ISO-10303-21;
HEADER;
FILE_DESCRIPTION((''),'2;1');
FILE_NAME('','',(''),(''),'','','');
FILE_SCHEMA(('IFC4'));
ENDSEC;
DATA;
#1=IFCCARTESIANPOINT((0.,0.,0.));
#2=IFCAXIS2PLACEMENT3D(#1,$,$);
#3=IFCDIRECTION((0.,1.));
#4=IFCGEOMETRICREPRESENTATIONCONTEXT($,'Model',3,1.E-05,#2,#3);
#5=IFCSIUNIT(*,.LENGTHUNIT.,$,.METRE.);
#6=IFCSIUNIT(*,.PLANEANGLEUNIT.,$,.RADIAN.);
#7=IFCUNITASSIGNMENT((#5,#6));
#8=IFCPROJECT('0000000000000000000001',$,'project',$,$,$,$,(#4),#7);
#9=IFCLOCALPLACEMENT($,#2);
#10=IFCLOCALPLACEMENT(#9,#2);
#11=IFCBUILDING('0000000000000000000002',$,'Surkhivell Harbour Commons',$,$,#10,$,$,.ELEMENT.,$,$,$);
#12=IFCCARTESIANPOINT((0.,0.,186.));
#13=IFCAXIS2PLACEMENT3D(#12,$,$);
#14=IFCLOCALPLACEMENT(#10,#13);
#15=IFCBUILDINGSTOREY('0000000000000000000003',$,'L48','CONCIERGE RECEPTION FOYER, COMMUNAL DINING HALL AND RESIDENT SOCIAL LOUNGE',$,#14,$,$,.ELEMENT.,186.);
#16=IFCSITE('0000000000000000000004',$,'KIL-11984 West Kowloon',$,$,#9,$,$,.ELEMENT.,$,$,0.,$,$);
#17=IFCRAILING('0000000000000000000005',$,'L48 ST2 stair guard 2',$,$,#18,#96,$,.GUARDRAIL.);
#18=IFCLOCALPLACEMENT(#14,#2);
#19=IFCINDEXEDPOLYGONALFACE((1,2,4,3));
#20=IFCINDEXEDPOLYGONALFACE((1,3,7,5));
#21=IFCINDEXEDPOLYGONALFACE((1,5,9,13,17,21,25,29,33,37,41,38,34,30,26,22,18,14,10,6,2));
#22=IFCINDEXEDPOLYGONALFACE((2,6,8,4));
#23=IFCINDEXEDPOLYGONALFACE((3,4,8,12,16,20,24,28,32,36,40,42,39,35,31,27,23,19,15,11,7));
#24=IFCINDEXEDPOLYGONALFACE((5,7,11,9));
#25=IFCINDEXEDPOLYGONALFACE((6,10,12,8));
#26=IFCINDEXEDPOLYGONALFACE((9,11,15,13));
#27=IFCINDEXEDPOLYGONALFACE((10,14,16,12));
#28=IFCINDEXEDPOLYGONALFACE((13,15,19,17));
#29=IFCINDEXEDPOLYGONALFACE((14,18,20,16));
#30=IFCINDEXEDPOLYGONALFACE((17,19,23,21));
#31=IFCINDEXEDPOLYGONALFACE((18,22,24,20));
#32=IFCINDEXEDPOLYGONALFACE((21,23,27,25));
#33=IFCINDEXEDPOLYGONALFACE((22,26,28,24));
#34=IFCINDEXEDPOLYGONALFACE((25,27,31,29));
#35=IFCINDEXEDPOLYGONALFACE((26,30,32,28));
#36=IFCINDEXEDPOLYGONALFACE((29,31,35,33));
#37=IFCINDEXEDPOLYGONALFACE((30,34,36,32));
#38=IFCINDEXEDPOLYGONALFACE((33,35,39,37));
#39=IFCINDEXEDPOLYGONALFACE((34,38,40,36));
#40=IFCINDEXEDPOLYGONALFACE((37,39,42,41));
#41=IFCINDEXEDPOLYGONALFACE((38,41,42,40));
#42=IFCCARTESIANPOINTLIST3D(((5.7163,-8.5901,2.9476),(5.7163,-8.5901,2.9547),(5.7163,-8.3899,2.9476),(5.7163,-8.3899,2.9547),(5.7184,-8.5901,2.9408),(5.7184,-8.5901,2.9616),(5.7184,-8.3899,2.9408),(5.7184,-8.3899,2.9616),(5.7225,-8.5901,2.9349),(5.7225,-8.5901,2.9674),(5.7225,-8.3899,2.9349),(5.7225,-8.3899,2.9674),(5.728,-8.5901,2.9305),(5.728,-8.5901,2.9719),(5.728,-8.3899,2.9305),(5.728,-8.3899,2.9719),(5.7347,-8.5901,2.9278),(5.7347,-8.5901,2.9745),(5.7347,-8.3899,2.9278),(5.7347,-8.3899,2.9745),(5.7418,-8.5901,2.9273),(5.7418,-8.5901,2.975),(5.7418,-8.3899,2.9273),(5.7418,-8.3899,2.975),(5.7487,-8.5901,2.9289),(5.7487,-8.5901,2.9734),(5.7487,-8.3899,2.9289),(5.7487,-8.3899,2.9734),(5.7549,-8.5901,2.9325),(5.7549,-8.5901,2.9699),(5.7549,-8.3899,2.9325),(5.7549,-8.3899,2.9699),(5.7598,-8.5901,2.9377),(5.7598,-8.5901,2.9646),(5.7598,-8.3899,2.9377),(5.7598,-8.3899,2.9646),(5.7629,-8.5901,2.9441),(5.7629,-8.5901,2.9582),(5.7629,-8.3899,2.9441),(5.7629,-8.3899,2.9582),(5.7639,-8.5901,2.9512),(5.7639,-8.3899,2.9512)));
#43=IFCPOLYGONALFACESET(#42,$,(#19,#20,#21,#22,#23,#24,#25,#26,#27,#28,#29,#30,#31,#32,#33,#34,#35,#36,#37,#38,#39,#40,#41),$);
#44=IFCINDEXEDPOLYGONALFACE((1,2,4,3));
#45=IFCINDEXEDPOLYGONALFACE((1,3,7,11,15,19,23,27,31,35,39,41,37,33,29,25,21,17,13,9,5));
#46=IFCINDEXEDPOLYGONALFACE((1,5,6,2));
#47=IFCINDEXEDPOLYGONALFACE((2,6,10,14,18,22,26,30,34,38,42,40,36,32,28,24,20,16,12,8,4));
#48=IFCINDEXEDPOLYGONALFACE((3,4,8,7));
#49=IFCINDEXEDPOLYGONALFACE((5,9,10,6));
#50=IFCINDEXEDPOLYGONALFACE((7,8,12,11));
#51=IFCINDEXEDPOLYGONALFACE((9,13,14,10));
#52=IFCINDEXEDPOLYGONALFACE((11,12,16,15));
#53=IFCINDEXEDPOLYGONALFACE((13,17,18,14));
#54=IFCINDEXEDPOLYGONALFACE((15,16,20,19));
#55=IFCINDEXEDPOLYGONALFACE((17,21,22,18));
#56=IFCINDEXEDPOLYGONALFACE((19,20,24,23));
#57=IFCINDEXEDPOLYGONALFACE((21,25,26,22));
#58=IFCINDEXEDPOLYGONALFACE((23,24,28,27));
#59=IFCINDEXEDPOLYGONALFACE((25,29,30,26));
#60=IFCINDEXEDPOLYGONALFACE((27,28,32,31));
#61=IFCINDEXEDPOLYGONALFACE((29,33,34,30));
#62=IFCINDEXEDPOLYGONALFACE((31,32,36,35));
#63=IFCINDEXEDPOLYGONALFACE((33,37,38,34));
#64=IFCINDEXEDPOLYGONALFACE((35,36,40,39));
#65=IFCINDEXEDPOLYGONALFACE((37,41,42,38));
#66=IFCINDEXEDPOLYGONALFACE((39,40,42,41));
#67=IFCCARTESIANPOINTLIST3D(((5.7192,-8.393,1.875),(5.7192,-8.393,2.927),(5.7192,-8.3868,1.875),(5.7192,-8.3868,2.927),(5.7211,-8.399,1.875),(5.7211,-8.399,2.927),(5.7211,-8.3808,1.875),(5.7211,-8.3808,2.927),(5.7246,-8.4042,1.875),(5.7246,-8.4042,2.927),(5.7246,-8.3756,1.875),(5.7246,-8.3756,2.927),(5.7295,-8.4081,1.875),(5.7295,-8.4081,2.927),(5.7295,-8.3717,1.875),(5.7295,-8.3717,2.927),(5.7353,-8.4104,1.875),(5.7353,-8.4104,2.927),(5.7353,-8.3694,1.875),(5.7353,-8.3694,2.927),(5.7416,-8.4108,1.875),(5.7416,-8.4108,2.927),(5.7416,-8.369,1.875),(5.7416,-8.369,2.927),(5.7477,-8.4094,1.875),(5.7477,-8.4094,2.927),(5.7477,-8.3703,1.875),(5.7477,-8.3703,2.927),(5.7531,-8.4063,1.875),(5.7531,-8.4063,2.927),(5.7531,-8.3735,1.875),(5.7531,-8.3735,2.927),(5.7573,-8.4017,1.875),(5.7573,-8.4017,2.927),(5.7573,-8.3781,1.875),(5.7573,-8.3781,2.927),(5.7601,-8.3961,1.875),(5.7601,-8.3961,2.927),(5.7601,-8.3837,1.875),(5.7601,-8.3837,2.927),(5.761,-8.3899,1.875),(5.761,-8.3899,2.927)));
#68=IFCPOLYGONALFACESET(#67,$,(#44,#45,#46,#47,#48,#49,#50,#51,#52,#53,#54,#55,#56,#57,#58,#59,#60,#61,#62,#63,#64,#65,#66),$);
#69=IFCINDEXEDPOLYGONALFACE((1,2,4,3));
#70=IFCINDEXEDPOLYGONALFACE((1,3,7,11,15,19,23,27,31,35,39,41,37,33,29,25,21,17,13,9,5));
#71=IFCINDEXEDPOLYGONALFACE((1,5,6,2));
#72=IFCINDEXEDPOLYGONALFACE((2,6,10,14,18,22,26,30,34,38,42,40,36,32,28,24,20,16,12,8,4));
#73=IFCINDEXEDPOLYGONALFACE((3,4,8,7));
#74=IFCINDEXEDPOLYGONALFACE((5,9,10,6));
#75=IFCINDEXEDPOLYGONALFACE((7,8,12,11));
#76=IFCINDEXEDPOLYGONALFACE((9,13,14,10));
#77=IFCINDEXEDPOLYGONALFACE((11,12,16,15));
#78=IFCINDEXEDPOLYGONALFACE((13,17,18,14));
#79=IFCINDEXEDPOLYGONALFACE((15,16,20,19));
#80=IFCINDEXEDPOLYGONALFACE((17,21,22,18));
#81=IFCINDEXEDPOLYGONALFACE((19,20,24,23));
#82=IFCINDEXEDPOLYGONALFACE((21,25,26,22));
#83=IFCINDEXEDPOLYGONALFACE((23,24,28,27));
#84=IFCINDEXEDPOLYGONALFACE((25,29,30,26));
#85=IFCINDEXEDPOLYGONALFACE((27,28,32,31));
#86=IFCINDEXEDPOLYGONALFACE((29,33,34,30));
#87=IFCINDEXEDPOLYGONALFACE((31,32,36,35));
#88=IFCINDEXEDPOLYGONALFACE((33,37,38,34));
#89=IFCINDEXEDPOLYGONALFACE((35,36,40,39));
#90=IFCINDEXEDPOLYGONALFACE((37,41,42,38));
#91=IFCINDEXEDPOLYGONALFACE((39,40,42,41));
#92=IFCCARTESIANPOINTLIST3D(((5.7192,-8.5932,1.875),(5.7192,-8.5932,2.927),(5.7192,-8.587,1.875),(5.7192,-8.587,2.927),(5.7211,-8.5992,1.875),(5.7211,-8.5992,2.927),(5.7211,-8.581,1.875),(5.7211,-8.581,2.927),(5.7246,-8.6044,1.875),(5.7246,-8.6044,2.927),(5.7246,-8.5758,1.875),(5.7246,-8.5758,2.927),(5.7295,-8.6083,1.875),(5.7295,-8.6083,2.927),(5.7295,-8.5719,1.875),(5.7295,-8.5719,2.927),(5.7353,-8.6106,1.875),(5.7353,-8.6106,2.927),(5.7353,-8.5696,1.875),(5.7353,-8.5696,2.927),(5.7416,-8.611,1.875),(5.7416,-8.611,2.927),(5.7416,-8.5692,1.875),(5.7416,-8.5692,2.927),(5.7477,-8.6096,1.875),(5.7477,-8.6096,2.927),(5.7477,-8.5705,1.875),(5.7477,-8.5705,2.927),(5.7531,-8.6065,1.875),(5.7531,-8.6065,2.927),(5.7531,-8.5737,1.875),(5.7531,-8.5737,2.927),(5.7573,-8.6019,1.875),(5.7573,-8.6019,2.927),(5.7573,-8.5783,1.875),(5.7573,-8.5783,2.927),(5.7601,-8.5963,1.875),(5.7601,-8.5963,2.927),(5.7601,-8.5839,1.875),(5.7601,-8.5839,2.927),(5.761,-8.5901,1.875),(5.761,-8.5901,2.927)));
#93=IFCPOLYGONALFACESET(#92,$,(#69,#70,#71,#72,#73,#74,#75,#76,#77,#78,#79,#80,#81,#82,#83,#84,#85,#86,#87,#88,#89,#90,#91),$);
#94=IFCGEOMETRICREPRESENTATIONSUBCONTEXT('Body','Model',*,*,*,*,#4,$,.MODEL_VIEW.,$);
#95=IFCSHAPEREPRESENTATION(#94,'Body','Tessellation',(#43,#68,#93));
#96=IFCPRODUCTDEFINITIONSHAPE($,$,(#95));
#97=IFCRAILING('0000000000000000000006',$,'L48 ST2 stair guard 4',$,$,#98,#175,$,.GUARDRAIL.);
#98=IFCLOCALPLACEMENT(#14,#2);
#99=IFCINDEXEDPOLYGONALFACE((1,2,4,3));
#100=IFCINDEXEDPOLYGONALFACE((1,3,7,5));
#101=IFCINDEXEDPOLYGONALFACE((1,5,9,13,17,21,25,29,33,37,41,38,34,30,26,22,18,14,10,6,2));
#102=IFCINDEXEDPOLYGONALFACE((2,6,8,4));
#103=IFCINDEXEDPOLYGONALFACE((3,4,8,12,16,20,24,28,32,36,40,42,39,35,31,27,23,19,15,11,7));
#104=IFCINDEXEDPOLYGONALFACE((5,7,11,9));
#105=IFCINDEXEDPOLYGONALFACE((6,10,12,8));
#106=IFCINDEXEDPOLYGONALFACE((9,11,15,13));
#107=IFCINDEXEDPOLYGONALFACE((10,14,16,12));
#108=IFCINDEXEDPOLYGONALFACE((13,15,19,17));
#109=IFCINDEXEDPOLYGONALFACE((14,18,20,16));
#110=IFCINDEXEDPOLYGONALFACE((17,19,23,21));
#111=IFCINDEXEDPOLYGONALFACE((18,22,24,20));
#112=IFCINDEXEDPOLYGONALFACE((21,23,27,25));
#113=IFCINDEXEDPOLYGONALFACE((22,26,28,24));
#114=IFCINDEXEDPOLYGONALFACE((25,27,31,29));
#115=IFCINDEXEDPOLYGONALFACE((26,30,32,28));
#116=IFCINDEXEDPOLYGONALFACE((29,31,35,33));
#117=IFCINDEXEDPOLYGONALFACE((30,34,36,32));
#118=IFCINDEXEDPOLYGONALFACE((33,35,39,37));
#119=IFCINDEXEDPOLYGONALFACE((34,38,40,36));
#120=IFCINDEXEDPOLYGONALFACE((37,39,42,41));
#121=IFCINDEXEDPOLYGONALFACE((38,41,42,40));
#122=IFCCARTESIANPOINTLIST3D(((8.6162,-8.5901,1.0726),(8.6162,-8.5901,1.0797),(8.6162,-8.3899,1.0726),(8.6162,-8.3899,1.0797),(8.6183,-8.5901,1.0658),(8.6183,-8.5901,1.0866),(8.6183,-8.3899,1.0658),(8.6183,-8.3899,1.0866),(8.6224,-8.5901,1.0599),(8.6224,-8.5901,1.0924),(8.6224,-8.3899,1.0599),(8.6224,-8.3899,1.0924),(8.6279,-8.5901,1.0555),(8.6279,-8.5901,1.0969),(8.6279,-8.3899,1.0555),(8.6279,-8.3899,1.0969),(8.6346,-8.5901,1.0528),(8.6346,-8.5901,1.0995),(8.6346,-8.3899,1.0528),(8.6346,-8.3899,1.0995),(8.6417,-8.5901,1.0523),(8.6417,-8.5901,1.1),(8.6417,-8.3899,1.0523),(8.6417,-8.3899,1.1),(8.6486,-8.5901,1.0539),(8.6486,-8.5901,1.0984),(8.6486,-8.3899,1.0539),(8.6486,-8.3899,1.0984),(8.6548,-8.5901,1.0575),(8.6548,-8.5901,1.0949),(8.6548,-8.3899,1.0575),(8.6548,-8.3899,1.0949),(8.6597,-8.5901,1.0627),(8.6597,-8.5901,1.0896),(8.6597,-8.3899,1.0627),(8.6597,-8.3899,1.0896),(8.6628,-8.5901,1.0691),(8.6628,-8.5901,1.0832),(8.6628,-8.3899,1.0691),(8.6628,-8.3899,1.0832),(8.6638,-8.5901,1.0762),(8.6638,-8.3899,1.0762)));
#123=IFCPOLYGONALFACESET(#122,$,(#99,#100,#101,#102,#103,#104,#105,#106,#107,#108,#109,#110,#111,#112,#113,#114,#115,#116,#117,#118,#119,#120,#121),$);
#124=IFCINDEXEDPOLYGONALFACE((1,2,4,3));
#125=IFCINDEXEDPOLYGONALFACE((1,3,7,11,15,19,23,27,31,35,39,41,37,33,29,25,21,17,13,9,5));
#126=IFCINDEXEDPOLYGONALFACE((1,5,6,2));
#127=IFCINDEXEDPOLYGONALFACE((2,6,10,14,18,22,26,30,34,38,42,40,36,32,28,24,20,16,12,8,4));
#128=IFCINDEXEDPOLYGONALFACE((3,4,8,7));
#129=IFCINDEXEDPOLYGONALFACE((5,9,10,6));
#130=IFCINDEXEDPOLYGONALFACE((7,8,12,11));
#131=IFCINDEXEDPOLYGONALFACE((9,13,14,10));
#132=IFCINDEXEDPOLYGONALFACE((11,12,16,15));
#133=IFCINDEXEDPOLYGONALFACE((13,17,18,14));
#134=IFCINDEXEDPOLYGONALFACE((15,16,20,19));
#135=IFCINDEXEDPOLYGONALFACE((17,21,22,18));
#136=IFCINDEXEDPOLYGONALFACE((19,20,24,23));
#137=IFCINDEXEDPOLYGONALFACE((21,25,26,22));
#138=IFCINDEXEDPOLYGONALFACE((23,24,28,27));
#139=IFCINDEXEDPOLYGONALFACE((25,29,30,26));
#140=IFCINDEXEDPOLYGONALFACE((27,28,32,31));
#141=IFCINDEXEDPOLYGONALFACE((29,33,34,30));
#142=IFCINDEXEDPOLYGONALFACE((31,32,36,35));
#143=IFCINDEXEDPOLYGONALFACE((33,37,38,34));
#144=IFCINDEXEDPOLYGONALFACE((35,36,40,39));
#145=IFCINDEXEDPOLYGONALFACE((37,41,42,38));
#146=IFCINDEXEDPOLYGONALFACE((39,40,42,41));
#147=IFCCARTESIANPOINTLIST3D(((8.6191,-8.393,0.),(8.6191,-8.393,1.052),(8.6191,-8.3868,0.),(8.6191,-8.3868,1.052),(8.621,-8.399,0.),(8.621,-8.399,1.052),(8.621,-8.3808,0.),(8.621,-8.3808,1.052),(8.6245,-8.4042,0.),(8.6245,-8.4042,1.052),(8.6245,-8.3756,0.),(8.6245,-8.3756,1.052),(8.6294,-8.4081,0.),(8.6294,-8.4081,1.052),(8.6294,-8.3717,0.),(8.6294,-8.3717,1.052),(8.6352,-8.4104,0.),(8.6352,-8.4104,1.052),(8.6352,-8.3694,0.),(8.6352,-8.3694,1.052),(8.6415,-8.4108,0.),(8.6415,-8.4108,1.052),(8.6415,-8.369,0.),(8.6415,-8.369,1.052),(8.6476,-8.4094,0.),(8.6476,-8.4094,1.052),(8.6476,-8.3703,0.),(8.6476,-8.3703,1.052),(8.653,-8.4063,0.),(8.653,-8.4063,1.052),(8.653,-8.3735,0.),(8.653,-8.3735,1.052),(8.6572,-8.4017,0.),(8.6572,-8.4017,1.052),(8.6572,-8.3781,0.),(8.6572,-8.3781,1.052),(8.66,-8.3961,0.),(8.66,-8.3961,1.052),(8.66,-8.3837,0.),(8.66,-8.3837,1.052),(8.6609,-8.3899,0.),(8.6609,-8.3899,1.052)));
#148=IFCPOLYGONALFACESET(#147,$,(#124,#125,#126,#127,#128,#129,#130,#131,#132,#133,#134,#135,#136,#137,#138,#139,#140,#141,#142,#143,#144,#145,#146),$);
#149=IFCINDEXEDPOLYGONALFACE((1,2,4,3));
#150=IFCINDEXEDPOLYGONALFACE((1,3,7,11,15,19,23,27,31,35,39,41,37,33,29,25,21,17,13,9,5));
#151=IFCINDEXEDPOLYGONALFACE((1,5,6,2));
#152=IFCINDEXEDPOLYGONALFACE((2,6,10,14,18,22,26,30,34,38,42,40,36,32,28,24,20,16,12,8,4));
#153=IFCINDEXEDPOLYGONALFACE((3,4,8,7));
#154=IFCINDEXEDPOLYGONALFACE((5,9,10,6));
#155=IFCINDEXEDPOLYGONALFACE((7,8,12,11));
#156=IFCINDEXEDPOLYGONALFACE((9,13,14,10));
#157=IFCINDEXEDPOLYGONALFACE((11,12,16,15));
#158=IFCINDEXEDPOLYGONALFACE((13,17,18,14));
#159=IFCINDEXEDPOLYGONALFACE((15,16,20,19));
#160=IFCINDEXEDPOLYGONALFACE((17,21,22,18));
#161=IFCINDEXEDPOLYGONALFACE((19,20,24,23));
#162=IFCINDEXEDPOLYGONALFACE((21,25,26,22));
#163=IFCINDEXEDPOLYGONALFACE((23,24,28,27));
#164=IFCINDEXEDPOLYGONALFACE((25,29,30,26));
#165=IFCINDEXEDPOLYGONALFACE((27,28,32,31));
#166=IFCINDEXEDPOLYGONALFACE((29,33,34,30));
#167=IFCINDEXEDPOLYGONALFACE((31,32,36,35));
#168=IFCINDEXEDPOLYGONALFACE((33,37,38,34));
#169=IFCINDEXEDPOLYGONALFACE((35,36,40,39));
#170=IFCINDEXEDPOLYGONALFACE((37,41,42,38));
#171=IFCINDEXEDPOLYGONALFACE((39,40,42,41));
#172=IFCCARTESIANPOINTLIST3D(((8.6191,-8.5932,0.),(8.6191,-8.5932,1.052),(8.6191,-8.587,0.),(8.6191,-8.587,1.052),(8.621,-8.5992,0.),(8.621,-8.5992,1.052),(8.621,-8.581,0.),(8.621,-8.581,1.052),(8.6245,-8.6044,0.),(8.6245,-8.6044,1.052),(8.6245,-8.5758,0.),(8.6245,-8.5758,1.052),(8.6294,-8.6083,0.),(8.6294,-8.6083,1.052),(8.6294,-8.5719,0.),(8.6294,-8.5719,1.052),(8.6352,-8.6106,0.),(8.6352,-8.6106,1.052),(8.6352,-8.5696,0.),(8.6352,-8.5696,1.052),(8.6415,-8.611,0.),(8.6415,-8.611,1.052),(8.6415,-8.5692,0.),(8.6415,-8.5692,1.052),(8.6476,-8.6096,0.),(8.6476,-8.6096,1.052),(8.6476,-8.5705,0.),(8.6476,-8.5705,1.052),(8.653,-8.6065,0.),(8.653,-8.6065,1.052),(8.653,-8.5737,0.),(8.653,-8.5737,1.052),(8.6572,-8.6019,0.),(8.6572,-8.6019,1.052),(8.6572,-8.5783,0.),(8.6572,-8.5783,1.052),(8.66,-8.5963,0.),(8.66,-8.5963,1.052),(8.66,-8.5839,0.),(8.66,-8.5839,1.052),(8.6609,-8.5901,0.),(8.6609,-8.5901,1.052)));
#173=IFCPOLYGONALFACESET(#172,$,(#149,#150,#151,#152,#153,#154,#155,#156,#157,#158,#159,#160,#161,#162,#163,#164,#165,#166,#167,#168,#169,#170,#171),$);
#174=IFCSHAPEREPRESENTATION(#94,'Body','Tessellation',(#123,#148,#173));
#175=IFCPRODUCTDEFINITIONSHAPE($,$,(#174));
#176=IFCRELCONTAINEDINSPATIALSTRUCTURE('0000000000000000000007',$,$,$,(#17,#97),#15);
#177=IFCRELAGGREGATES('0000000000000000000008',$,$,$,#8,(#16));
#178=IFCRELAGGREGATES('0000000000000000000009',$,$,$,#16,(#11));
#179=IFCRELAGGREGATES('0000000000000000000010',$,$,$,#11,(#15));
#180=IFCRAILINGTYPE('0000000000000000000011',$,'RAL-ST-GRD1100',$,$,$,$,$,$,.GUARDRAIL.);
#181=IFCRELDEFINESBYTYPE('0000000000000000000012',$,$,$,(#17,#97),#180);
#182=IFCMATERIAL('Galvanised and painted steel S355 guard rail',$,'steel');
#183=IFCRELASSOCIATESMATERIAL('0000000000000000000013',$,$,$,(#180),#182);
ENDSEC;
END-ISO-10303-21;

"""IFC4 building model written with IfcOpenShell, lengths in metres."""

from ifc_helpers import new_model, si_unit, direction, frame, origin, origin_2d, place, context, subcontext, project, spatial, circle, extrude, material, type_object, element, save


model = new_model("IFC4")

# Units and contexts
model_context = context("Model", 3, precision=1e-05, world=origin(), true_north=direction((0.0, 1.0)))
body_context = subcontext(model_context, "Body", "Model", "MODEL_VIEW")
ifc_project = project(units=[si_unit("LENGTHUNIT", "METRE"), si_unit("PLANEANGLEUNIT", "RADIAN")], contexts=[model_context])

# Site, building, storey
site_placement = place(None, origin())
site = spatial("IfcSite", under=ifc_project, at=site_placement, Name="KIL-11984 West Kowloon", CompositionType="ELEMENT", RefElevation=0.0)
building_placement = place(site_placement, origin())
building = spatial("IfcBuilding", under=site, at=building_placement, Name="Surkhivell Harbour Commons", CompositionType="ELEMENT")
storey_placement = place(building_placement, frame((0.0, 0.0, 186.0)))
storey = spatial("IfcBuildingStorey", under=building, at=storey_placement, Name="L48", Description="CONCIERGE RECEPTION FOYER, COMMUNAL DINING HALL AND RESIDENT SOCIAL LOUNGE", CompositionType="ELEMENT", Elevation=186.0)

# Railings
ifc_material_1 = material(Name="Galvanised and painted steel S355 guard rail", Category="steel")
railing_type_1 = type_object("IfcRailingType", Name="RAL-ST-GRD1100", PredefinedType="GUARDRAIL", material=ifc_material_1)
for number, where, name in (
    (1, (5.74, -8.3899, 1.875), "L48 ST2 stair guard 2"),
    (2, (8.6399, -8.3899, 0.0), "L48 ST2 stair guard 4"),
):
    element("IfcRailing", number, at=place(storey_placement, frame(where)), inside=storey, type_object=railing_type_1, Name=name, PredefinedType="GUARDRAIL", context=body_context, shape_type="SweptSolid", body=[
        extrude(circle(Radius=0.0239, at=origin_2d()), frame((0.0, 0.0, 1.0762), z_axis=(0.0, -1.0, 0.0), x_axis=(1.0, 0.0, 0.0)), (0.0, 0.0, 1.0), 0.2002),
        extrude(circle(Radius=0.021, at=origin_2d()), origin(), (0.0, 0.0, 1.0), 1.052),
        extrude(circle(Radius=0.021, at=origin_2d()), frame((0.0, -0.2002, 0.0)), (0.0, 0.0, 1.0), 1.052),
    ])

save(model, "model.ifc")
